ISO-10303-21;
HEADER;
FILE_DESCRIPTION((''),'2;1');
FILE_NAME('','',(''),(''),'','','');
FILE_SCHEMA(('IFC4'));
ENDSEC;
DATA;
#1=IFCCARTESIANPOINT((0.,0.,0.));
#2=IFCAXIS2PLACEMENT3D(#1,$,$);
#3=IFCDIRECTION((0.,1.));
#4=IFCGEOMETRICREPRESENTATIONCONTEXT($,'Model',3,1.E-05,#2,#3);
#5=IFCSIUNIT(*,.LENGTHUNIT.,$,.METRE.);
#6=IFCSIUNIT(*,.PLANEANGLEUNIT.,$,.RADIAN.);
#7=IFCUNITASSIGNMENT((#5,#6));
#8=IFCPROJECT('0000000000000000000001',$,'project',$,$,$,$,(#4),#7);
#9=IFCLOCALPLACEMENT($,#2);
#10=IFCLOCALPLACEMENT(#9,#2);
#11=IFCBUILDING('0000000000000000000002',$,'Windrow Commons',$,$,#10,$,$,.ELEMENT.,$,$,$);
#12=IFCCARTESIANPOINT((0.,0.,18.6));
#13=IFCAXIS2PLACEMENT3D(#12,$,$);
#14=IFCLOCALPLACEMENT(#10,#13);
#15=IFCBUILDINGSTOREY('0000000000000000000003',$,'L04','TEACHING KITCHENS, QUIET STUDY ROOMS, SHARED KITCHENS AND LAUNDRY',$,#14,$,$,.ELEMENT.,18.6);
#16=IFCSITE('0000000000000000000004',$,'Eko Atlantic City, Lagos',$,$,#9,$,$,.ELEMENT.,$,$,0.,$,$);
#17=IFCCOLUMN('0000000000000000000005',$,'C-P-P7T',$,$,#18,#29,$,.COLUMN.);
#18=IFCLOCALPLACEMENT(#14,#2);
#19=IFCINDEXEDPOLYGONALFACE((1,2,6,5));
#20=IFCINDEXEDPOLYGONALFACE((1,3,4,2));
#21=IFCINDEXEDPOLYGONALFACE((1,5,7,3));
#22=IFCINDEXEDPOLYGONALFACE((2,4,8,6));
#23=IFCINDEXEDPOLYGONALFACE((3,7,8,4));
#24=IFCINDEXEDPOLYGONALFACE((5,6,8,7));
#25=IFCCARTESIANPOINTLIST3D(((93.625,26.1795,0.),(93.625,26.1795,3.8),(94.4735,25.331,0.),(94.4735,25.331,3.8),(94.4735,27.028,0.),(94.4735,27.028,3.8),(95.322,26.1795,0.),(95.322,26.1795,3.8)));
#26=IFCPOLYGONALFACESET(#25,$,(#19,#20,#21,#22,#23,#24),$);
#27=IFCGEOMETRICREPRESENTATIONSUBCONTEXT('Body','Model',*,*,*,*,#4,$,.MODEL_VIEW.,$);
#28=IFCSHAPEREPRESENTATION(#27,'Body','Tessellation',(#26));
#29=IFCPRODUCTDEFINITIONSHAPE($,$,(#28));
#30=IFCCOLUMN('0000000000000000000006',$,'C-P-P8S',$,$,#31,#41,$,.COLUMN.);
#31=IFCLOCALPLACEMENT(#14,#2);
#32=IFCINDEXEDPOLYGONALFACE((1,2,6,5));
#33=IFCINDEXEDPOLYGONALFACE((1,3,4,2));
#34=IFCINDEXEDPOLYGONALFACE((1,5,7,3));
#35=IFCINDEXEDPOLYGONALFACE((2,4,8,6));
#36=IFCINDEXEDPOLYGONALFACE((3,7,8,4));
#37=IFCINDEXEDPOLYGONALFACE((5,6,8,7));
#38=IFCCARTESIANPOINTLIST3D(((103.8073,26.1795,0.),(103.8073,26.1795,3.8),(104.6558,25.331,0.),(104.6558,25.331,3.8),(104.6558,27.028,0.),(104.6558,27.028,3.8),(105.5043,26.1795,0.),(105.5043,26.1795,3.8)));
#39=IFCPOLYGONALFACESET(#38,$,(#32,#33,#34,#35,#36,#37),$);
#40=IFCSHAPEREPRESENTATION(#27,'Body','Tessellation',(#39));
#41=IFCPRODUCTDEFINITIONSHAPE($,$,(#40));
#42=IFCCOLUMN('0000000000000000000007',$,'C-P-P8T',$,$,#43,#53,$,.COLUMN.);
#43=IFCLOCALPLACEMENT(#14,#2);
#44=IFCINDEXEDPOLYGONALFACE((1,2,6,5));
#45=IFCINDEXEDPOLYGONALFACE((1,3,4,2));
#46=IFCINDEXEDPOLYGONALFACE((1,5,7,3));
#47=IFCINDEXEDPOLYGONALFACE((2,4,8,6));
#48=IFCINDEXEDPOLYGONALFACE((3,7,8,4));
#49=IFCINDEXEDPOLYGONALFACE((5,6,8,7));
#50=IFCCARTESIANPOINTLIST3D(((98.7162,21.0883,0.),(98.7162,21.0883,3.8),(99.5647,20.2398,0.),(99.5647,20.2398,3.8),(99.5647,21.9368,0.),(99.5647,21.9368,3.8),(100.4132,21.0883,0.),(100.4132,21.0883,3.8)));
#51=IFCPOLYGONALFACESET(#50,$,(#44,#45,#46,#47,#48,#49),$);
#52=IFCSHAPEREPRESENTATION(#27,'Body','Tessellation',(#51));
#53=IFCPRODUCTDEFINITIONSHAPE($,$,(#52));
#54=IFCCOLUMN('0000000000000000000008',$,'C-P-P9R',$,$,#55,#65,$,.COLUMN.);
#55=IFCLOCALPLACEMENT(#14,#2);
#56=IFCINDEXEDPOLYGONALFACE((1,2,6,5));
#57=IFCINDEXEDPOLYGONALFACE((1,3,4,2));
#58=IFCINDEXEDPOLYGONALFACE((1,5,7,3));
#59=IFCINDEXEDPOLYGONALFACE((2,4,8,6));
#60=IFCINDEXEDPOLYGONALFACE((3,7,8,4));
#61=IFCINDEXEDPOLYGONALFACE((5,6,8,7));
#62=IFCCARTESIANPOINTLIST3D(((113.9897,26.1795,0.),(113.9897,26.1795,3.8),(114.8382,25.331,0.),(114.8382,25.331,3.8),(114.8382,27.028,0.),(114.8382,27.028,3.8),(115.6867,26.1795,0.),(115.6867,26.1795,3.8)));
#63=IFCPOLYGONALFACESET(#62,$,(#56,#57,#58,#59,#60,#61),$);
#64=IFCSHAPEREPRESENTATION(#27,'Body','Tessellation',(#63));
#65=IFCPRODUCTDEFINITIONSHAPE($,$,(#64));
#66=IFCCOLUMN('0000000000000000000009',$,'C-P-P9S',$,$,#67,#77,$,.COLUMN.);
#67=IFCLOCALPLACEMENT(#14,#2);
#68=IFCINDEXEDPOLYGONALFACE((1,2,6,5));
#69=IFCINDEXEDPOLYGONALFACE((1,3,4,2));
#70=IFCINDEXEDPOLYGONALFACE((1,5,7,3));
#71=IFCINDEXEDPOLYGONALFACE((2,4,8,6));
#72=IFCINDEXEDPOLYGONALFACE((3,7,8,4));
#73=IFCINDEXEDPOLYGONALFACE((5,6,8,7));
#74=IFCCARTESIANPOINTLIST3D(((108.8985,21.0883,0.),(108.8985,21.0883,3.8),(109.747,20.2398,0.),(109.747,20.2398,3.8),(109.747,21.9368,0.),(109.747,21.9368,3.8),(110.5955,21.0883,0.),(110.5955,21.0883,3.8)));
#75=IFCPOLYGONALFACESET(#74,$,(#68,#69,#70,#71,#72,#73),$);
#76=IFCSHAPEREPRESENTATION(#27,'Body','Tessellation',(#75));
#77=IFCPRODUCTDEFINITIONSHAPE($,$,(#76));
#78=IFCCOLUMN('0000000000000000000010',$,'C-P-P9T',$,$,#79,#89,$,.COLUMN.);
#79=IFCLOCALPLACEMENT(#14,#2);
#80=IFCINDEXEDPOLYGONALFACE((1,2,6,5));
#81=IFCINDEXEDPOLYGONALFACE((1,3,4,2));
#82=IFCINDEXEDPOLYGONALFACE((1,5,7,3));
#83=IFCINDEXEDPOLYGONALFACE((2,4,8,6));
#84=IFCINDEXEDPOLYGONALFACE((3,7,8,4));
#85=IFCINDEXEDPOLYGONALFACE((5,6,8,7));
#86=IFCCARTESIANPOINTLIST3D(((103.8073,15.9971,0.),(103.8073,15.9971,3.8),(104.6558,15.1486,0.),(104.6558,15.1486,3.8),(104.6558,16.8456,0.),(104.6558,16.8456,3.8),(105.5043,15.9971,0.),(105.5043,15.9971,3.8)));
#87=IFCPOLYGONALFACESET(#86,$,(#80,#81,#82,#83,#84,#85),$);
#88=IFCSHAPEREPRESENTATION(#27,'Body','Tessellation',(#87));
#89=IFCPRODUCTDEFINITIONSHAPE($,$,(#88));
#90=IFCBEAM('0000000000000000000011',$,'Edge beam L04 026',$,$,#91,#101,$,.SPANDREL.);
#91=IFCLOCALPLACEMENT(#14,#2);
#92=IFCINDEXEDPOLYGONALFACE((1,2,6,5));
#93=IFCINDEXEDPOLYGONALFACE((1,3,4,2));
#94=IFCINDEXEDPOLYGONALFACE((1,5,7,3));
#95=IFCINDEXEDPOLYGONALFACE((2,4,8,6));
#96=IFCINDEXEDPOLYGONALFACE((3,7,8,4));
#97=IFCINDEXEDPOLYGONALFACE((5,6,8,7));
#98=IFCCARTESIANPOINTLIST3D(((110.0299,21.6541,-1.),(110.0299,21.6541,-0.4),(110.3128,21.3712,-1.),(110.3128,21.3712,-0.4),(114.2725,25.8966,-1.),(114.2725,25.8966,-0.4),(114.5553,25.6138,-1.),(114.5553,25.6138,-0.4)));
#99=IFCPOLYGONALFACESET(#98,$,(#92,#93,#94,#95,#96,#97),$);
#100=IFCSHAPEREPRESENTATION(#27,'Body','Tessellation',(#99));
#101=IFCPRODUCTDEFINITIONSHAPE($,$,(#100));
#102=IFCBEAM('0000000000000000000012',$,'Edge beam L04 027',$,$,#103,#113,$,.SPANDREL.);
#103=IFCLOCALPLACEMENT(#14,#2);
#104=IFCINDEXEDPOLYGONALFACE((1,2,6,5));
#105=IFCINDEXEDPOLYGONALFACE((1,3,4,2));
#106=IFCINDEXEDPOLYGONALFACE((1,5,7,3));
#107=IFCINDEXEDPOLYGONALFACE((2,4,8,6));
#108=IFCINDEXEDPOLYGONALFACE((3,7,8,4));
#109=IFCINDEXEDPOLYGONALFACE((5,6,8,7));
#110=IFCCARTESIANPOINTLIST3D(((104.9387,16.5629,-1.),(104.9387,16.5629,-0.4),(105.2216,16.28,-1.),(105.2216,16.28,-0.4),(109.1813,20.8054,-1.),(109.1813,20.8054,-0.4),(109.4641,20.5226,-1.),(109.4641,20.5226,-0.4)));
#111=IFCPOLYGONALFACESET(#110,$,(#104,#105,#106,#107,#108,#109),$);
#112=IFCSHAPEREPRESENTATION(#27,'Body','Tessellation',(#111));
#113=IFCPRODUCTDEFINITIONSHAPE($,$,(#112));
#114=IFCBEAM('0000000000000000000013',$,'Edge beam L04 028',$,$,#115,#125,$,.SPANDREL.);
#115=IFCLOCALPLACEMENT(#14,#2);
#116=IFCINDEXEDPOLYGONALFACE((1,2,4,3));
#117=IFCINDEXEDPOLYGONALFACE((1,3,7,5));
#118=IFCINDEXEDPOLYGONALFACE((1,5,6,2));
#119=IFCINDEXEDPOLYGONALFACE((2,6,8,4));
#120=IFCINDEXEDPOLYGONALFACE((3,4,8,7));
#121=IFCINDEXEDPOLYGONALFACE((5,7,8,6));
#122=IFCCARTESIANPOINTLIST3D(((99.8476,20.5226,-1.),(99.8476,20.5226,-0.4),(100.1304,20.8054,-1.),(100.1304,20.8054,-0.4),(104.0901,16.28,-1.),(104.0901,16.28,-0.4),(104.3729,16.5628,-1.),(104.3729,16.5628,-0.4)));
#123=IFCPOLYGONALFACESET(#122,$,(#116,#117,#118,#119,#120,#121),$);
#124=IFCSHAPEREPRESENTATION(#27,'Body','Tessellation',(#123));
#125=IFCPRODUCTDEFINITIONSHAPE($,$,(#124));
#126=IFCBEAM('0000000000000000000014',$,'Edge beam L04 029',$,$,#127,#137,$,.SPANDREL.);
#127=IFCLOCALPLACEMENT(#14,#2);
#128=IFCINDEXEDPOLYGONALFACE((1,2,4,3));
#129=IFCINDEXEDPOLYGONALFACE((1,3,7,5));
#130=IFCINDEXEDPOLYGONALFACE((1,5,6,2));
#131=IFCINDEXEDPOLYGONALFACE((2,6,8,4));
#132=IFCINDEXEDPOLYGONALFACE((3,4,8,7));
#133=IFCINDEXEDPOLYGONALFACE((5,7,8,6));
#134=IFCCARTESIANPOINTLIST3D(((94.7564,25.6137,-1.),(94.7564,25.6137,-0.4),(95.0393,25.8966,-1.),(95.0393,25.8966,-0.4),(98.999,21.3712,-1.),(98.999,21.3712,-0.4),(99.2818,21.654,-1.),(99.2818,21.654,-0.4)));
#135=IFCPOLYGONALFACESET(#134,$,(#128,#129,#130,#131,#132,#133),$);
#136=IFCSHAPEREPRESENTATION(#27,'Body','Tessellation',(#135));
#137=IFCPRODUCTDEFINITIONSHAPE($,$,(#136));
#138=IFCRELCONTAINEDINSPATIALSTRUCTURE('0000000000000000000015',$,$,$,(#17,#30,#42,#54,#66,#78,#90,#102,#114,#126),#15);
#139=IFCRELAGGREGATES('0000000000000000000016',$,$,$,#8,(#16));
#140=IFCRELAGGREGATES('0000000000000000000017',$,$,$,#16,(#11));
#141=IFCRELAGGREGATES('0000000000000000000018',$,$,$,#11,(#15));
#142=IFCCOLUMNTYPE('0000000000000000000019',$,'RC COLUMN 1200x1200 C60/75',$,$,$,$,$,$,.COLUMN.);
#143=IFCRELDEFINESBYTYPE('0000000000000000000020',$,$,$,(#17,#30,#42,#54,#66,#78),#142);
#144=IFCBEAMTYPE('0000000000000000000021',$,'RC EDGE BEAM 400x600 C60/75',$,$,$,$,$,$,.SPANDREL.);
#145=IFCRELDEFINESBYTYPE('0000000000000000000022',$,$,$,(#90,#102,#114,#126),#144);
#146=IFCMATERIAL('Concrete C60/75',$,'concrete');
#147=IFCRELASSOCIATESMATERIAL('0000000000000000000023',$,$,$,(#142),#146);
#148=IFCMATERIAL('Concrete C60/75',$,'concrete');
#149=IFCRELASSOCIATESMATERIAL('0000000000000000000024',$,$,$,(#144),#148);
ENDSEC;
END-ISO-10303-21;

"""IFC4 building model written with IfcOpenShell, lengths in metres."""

from ifc_helpers import new_model, si_unit, direction, frame, origin, origin_2d, place, context, subcontext, project, spatial, rectangle, extrude, material, material_profile, profile_set, type_object, element, save


model = new_model("IFC4")

# Units and contexts
model_context = context("Model", 3, precision=1e-05, world=origin(), true_north=direction((0.0, 1.0)))
body_context = subcontext(model_context, "Body", "Model", "MODEL_VIEW")
ifc_project = project(units=[si_unit("LENGTHUNIT", "METRE"), si_unit("PLANEANGLEUNIT", "RADIAN")], contexts=[model_context])

# Site, building, storey
site_placement = place(None, origin())
site = spatial("IfcSite", under=ifc_project, at=site_placement, Name="Eko Atlantic City, Lagos", CompositionType="ELEMENT", RefElevation=0.0)
building_placement = place(site_placement, origin())
building = spatial("IfcBuilding", under=site, at=building_placement, Name="Windrow Commons", CompositionType="ELEMENT")
storey_placement = place(building_placement, frame((0.0, 0.0, 18.6)))
storey = spatial("IfcBuildingStorey", under=building, at=storey_placement, Name="L04", Description="TEACHING KITCHENS, QUIET STUDY ROOMS, SHARED KITCHENS AND LAUNDRY", CompositionType="ELEMENT", Elevation=18.6)

# Columns
ifc_material_1 = material(Name="Concrete C60/75", Category="concrete")
ifc_material_profile_1 = material_profile(ifc_material_1, rectangle(XDim=1.2, YDim=1.2, at=origin_2d()))
ifc_profile_set_1 = profile_set([ifc_material_profile_1], Name="Concrete C60/75")
column_type = type_object("IfcColumnType", Name="RC COLUMN 1200x1200 C60/75", PredefinedType="COLUMN", material=ifc_profile_set_1)
for number, where, z_axis, x_axis, name in (
    (1, (94.4735, 26.1795, 0.0), (0.0, 0.0, 1.0), (0.707107, -0.707107, 0.0), "C-P-P7T"),
    (2, (104.6558, 26.1795, 0.0), (0.0, 0.0, 1.0), (0.707107, -0.707107, 0.0), "C-P-P8S"),
    (3, (99.5647, 21.0883, 0.0), (0.0, 0.0, 1.0), (0.707107, -0.707107, 0.0), "C-P-P8T"),
    (4, (114.8382, 26.1795, 0.0), (0.0, 0.0, 1.0), (0.707107, -0.707107, 0.0), "C-P-P9R"),
    (5, (109.747, 21.0883, 0.0), (0.0, 0.0, 1.0), (0.707107, -0.707107, 0.0), "C-P-P9S"),
    (6, (104.6558, 15.9971, 0.0), (0.0, 0.0, 1.0), (0.707107, -0.707107, 0.0), "C-P-P9T"),
):
    element("IfcColumn", number, at=place(storey_placement, frame(where, z_axis=z_axis, x_axis=x_axis)), inside=storey, type_object=column_type, Name=name, PredefinedType="COLUMN", context=body_context, shape_type="SweptSolid", body=[
        extrude(rectangle(XDim=1.2, YDim=1.2, at=origin_2d()), origin(), (0.0, 0.0, 1.0), 3.8),
    ])

# Beams
ifc_material_2 = material(Name="Concrete C60/75", Category="concrete")
ifc_material_profile_2 = material_profile(ifc_material_2, rectangle(XDim=0.4, YDim=0.6, at=origin_2d()))
ifc_profile_set_2 = profile_set([ifc_material_profile_2], Name="Concrete C60/75")
beam_type = type_object("IfcBeamType", Name="RC EDGE BEAM 400x600 C60/75", PredefinedType="SPANDREL", material=ifc_profile_set_2)
for number, where, z_axis, x_axis, name in (
    (7, (114.4139, 25.7552, -0.7), (-0.707107, -0.707107, 0.0), (0.707107, -0.707107, 0.0), "Edge beam L04 026"),
    (8, (109.3227, 20.664, -0.7), (-0.707107, -0.707107, 0.0), (0.707107, -0.707107, 0.0), "Edge beam L04 027"),
    (9, (104.2315, 16.4214, -0.7), (-0.707098, 0.707115, 0.0), (-0.707115, -0.707098, 0.0), "Edge beam L04 028"),
    (10, (99.1404, 21.5126, -0.7), (-0.707107, 0.707107, 0.0), (-0.707107, -0.707107, 0.0), "Edge beam L04 029"),
):
    element("IfcBeam", number, at=place(storey_placement, frame(where, z_axis=z_axis, x_axis=x_axis)), inside=storey, type_object=beam_type, Name=name, PredefinedType="SPANDREL", context=body_context, shape_type="SweptSolid", body=[
        extrude(rectangle(XDim=0.4, YDim=0.6, at=origin_2d()), origin(), (0.0, 0.0, 1.0), 5.9999),
    ])

save(model, "model.ifc")
